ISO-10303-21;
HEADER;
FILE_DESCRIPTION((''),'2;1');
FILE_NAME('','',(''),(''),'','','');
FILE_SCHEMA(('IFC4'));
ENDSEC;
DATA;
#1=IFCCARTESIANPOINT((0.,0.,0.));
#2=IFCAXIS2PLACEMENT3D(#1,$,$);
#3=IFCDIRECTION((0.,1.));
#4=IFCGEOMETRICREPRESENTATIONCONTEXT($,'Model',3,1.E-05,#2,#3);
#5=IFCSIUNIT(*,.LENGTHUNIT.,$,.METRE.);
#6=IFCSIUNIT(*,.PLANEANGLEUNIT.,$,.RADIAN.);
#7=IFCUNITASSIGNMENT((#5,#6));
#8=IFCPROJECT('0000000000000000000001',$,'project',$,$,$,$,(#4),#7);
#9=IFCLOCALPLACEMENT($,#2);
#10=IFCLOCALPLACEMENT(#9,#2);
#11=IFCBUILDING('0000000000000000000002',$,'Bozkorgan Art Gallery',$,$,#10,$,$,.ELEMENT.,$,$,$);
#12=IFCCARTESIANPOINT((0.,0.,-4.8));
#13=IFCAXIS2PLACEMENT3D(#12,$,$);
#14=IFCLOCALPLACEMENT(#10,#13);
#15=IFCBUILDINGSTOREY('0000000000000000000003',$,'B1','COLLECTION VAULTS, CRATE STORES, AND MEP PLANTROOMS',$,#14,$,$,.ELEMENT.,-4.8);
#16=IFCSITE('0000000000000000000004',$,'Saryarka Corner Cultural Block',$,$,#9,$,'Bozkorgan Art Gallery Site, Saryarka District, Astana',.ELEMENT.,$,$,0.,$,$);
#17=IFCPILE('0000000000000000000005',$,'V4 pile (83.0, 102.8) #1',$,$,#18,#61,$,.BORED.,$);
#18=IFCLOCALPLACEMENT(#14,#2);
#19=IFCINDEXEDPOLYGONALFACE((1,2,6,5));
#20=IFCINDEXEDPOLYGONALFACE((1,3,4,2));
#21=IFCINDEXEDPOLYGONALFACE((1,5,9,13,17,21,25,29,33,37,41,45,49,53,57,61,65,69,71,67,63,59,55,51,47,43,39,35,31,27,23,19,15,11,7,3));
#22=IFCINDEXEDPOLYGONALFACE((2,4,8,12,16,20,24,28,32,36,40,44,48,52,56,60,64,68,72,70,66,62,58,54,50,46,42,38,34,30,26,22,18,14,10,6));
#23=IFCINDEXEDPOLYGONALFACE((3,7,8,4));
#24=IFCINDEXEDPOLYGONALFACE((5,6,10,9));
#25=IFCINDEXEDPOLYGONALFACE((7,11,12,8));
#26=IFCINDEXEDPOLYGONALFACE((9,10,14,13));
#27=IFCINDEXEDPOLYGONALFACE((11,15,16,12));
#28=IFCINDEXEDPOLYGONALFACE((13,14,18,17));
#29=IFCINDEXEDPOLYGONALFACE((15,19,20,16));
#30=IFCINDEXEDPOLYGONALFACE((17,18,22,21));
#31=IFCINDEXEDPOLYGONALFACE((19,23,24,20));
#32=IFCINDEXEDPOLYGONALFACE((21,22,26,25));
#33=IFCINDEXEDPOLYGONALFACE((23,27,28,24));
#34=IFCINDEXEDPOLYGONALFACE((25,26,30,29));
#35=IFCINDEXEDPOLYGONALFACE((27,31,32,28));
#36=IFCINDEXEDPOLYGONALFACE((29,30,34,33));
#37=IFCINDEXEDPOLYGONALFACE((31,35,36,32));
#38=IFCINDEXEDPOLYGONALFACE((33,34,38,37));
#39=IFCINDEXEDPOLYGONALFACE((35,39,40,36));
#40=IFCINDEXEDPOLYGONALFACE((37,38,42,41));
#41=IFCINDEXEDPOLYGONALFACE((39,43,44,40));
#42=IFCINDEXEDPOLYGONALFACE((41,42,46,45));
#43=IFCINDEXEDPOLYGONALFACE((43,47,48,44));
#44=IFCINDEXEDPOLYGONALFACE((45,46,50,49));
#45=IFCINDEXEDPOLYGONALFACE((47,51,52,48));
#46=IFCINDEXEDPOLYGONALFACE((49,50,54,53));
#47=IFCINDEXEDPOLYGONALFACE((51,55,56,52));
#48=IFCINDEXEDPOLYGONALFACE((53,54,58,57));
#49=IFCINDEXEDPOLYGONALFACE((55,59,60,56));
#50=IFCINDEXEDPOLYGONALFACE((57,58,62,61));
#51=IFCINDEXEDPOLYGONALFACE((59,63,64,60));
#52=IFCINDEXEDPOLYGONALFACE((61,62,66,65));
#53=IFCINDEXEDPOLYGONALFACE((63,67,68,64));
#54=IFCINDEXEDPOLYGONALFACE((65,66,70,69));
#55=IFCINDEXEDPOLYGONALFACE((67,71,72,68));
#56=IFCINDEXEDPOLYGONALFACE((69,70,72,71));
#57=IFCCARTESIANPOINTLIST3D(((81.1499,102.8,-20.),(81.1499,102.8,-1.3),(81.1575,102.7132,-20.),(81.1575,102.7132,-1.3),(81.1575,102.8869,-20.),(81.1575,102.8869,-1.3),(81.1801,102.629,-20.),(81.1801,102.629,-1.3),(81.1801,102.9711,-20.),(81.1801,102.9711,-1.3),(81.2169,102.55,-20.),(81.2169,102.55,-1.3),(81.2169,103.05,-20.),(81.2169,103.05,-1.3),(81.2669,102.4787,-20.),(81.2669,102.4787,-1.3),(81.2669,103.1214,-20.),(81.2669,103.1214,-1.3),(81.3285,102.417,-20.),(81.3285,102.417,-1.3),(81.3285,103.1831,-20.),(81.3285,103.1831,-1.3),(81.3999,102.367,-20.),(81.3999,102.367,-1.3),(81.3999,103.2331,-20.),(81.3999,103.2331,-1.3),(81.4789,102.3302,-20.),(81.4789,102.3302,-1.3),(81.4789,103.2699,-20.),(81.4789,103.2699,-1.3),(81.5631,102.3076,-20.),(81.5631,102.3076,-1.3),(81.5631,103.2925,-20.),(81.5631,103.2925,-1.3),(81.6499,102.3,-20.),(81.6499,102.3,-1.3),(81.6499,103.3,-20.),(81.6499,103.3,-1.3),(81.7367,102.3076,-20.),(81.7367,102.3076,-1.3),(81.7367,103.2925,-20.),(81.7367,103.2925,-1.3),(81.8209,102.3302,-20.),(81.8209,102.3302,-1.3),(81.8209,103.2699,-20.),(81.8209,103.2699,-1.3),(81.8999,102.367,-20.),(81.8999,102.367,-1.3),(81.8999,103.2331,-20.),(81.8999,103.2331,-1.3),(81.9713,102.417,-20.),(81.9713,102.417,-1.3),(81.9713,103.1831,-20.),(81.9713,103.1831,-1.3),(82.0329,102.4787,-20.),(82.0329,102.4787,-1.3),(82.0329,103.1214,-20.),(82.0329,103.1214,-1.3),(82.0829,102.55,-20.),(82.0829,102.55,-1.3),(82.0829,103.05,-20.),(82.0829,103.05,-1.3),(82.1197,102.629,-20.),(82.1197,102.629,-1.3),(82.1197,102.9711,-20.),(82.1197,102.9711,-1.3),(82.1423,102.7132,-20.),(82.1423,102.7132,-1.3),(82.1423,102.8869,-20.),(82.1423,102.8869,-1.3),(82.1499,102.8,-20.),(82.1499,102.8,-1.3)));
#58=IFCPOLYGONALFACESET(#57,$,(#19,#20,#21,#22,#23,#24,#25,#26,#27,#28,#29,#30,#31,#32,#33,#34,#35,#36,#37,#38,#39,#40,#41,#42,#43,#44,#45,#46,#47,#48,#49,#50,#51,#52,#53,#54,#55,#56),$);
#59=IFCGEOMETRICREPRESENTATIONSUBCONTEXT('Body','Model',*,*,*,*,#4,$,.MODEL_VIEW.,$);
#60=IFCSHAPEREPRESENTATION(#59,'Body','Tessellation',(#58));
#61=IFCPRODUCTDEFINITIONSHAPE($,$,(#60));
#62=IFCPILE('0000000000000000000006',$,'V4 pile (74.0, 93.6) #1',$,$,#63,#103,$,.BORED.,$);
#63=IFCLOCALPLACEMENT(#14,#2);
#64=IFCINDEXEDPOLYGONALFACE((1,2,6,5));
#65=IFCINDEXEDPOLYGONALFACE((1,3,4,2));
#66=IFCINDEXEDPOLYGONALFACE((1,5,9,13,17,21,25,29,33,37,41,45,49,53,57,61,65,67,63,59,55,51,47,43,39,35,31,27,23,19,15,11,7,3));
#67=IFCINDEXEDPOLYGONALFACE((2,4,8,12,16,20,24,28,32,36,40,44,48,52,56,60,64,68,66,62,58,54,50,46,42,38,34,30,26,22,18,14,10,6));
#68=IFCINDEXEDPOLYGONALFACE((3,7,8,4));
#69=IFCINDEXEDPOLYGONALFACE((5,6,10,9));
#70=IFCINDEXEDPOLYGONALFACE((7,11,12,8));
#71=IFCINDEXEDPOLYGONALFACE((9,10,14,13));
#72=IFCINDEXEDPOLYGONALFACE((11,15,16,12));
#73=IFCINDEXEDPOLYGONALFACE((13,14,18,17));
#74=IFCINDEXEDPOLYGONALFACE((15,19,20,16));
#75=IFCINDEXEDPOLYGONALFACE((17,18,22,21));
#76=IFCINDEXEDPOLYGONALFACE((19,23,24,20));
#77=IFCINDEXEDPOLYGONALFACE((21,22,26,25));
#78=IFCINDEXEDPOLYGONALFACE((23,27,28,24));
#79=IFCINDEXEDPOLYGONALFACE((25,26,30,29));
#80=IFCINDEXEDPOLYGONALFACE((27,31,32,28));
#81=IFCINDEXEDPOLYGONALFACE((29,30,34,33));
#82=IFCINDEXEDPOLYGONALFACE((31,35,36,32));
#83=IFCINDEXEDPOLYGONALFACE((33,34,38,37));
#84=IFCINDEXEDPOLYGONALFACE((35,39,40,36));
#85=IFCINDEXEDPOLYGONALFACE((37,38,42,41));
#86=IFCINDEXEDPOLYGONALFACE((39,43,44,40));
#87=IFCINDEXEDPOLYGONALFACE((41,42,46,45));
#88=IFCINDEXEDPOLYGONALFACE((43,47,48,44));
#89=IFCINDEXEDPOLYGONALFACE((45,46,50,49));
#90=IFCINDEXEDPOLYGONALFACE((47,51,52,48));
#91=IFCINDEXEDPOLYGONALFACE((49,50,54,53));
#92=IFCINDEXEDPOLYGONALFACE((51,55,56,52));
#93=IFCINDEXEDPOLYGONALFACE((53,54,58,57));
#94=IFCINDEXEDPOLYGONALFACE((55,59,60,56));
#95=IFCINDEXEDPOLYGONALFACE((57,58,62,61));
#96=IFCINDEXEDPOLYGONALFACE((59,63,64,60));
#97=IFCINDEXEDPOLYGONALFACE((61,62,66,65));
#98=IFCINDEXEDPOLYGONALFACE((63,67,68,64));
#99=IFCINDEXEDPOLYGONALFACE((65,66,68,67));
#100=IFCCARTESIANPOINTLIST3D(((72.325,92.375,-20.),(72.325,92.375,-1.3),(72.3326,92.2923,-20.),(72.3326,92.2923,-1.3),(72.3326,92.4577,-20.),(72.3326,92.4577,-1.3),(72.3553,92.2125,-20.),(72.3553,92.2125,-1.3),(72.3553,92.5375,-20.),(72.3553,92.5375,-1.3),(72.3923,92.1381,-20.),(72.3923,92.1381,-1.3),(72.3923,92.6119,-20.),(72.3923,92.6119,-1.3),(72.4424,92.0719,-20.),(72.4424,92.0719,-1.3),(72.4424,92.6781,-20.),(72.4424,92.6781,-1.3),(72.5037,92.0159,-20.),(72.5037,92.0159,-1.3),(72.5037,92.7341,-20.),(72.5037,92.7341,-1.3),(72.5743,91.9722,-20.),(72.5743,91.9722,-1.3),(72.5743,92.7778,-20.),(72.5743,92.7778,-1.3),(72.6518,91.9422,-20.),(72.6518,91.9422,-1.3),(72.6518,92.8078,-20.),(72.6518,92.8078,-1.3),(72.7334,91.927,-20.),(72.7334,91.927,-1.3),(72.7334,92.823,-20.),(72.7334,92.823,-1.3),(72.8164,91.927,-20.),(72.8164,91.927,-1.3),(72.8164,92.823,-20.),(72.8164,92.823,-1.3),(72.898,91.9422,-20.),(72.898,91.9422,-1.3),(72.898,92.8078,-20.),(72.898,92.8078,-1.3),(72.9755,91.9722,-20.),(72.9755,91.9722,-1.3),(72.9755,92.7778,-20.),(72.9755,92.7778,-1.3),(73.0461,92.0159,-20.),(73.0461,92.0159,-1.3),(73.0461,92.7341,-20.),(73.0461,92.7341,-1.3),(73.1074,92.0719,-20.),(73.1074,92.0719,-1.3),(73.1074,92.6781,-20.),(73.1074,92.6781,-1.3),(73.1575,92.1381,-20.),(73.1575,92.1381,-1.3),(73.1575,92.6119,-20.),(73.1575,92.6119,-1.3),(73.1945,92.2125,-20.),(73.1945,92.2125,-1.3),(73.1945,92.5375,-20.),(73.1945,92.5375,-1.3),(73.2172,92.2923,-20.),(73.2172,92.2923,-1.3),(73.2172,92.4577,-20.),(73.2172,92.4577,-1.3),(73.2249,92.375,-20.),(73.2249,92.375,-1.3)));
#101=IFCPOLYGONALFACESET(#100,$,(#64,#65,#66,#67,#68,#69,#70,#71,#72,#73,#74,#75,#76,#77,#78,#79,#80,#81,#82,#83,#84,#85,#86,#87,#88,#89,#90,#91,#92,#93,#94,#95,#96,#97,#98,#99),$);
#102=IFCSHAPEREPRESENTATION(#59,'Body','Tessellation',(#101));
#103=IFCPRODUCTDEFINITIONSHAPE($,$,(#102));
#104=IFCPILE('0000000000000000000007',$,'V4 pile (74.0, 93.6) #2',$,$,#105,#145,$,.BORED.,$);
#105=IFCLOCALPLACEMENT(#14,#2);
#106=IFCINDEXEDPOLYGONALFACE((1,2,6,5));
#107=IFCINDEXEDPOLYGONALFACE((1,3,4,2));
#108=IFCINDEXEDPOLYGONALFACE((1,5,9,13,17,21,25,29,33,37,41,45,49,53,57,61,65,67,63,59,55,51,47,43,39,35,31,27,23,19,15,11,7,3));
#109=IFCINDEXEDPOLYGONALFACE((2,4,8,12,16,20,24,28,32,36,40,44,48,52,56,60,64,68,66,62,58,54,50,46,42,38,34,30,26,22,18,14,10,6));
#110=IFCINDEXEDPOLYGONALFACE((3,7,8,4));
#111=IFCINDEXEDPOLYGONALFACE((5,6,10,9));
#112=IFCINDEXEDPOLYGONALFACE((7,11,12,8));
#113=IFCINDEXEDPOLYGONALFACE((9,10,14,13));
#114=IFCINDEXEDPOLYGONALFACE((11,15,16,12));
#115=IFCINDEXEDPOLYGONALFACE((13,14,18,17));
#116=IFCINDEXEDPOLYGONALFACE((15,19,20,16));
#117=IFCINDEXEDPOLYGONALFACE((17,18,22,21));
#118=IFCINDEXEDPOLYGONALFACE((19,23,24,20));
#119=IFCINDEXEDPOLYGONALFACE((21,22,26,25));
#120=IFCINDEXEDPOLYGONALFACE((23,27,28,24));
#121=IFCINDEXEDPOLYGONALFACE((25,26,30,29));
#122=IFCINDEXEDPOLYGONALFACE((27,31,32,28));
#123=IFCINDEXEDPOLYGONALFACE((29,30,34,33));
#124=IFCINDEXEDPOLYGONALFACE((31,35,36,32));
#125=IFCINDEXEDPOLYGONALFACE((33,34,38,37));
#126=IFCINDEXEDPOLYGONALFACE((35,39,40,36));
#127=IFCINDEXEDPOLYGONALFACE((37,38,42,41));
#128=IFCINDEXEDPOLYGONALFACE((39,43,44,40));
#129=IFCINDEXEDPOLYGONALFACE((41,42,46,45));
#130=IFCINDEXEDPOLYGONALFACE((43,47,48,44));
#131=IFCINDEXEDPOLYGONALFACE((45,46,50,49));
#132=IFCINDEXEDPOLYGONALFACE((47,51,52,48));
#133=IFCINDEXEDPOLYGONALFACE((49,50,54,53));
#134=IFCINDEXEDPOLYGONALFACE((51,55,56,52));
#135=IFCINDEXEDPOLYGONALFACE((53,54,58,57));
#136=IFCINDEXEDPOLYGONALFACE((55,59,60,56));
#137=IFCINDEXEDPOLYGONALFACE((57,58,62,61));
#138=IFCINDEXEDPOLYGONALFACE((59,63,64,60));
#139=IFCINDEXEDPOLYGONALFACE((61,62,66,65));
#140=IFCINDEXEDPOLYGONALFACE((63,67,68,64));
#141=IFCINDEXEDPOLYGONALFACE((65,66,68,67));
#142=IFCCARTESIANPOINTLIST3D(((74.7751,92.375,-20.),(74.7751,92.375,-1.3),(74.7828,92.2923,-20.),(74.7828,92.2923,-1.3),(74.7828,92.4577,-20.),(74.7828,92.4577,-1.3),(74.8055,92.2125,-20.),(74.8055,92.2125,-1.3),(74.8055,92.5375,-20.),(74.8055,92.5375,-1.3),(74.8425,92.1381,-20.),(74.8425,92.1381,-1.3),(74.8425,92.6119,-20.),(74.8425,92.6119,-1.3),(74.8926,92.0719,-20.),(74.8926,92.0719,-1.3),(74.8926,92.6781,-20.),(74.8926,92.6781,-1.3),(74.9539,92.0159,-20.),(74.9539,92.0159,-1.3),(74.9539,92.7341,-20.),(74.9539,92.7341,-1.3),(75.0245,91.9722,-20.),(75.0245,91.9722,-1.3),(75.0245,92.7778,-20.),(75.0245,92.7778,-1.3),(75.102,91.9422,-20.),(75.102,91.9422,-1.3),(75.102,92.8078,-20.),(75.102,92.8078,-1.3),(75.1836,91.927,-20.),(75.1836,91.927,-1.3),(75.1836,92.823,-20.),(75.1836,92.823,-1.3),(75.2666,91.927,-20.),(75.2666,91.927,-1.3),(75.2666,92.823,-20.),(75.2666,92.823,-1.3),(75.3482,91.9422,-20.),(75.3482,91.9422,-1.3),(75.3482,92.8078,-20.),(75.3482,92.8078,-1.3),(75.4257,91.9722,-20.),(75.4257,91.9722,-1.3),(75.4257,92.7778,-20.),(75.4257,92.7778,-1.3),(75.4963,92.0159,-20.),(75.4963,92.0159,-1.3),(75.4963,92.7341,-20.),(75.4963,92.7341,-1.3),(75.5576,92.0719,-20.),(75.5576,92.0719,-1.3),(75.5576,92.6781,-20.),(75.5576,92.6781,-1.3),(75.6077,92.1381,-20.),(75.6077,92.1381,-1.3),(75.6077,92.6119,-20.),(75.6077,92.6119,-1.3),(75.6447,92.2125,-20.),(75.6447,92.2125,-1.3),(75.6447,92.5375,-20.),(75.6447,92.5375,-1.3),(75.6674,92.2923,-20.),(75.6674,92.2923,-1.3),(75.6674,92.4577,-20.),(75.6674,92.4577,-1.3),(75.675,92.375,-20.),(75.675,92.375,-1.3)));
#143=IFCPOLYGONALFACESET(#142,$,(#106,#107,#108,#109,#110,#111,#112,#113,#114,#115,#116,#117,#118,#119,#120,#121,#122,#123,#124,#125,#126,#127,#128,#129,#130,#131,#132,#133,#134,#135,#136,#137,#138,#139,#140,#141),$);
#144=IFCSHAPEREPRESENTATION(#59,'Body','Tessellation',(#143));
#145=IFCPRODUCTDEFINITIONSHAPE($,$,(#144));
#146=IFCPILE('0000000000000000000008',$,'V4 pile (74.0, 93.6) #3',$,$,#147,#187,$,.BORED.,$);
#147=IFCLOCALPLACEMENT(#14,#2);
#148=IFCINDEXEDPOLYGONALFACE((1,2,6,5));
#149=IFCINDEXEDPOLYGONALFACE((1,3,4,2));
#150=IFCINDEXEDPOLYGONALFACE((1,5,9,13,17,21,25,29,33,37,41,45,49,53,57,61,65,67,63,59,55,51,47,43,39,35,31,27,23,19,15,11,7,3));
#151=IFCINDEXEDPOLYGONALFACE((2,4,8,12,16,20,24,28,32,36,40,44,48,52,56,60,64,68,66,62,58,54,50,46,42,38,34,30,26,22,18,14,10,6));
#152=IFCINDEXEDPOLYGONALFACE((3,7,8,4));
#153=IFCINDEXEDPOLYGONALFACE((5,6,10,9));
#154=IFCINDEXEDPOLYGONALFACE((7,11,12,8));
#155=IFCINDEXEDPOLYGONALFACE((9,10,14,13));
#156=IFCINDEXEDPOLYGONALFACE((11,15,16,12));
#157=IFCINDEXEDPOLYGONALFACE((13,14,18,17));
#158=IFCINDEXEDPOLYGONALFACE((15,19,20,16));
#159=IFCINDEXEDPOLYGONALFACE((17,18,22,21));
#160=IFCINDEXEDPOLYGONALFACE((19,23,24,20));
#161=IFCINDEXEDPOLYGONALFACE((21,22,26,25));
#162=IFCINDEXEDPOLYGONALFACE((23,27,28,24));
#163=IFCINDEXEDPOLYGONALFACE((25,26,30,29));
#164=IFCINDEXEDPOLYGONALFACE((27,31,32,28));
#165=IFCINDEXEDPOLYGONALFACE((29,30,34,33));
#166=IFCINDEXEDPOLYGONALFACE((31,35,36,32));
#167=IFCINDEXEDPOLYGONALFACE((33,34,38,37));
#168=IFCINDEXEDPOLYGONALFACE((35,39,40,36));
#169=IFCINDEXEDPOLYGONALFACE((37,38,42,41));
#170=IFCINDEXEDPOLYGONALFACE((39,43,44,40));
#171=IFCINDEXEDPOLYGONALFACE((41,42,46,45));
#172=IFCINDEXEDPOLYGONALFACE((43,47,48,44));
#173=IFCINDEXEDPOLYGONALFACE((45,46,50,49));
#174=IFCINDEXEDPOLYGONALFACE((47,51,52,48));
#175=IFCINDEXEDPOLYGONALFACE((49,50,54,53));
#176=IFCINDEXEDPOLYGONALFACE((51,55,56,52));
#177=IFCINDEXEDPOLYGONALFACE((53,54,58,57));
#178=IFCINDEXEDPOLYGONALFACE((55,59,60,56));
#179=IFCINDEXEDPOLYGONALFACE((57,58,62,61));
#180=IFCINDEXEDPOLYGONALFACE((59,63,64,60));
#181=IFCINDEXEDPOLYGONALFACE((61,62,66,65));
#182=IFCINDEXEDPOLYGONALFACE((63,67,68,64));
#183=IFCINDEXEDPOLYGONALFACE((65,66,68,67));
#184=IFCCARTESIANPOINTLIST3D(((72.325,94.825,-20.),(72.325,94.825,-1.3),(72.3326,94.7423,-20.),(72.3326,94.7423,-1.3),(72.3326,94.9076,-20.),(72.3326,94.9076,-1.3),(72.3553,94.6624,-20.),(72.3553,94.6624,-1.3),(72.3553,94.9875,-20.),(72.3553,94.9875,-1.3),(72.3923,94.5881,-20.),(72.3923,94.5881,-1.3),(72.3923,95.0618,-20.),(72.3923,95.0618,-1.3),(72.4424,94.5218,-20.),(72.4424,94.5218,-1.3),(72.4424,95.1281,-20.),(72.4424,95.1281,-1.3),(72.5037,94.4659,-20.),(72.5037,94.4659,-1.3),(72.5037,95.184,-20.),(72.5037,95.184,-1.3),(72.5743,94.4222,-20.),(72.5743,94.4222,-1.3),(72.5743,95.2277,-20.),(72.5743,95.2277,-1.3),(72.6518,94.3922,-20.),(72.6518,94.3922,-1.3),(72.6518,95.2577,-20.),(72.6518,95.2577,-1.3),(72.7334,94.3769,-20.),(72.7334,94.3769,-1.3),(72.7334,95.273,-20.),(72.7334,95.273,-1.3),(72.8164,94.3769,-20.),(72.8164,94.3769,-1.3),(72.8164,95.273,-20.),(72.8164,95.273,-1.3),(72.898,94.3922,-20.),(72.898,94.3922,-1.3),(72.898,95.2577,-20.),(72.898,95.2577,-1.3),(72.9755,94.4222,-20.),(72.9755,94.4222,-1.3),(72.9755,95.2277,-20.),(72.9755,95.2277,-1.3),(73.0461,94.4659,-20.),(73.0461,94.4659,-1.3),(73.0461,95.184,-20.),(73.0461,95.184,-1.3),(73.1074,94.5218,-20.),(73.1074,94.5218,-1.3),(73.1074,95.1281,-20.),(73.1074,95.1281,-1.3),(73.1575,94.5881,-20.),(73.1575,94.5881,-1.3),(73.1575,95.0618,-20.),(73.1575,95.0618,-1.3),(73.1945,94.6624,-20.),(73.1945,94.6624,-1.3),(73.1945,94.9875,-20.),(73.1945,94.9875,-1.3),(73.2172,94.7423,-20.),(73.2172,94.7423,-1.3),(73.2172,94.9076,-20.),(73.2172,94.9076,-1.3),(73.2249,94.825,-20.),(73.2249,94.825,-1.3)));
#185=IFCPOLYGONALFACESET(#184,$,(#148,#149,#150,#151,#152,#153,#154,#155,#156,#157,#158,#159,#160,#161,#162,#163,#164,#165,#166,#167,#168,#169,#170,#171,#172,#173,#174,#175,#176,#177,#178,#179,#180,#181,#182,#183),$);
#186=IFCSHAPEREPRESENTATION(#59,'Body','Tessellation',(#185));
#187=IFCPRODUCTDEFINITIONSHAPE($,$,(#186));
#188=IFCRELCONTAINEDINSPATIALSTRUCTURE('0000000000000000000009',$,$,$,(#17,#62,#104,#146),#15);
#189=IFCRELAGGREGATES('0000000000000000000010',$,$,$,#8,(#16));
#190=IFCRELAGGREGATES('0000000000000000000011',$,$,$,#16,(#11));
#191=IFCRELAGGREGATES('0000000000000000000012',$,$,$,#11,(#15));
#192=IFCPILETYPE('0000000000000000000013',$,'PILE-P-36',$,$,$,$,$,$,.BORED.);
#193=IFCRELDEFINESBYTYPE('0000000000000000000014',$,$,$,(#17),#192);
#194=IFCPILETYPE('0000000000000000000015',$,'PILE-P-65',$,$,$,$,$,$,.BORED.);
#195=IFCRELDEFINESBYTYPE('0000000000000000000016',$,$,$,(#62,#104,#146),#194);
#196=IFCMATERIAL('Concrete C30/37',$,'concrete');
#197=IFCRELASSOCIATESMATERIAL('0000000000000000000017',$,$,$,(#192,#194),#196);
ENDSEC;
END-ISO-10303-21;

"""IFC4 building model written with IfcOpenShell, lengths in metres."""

from ifc_helpers import new_model, si_unit, direction, frame, origin, origin_2d, place, context, subcontext, project, spatial, circle, extrude, material, material_profile, profile_set, type_object, element, save


model = new_model("IFC4")

# Units and contexts
model_context = context("Model", 3, precision=1e-05, world=origin(), true_north=direction((0.0, 1.0)))
body_context = subcontext(model_context, "Body", "Model", "MODEL_VIEW")
ifc_project = project(units=[si_unit("LENGTHUNIT", "METRE"), si_unit("PLANEANGLEUNIT", "RADIAN")], contexts=[model_context])

# Site, building, storey
site_placement = place(None, origin())
site = spatial("IfcSite", under=ifc_project, at=site_placement, Name="Saryarka Corner Cultural Block", LongName="Bozkorgan Art Gallery Site, Saryarka District, Astana", CompositionType="ELEMENT", RefElevation=0.0)
building_placement = place(site_placement, origin())
building = spatial("IfcBuilding", under=site, at=building_placement, Name="Bozkorgan Art Gallery", CompositionType="ELEMENT")
storey_placement = place(building_placement, frame((0.0, 0.0, -4.8)))
storey = spatial("IfcBuildingStorey", under=building, at=storey_placement, Name="B1", Description="COLLECTION VAULTS, CRATE STORES, AND MEP PLANTROOMS", CompositionType="ELEMENT", Elevation=-4.8)

# Shared definitions
ifc_material_1 = material(Name="Concrete C30/37", Category="concrete")

# Piles
ifc_material_profile_1 = material_profile(ifc_material_1, circle(Radius=0.5, at=origin_2d()), Name="PILE D1000")
ifc_profile_set_1 = profile_set([ifc_material_profile_1], Name="Concrete C30/37")
pile_type_1 = type_object("IfcPileType", Name="PILE-P-36", PredefinedType="BORED", material=ifc_profile_set_1)
for number, where, z_axis, x_axis, name in (
    (1, (81.6499, 102.8, -1.3), (0.0, 0.0, -1.0), (1.0, 0.0, 0.0), "V4 pile (83.0, 102.8) #1"),
):
    element("IfcPile", number, at=place(storey_placement, frame(where, z_axis=z_axis, x_axis=x_axis)), inside=storey, type_object=pile_type_1, Name=name, PredefinedType="BORED", context=body_context, shape_type="SweptSolid", body=[
        extrude(circle(Radius=0.5, at=origin_2d()), origin(), (0.0, 0.0, 1.0), 18.7),
    ])
ifc_material_profile_2 = material_profile(ifc_material_1, circle(Radius=0.45, at=origin_2d()), Name="PILE D900")
ifc_profile_set_2 = profile_set([ifc_material_profile_2], Name="Concrete C30/37")
pile_type_2 = type_object("IfcPileType", Name="PILE-P-65", PredefinedType="BORED", material=ifc_profile_set_2)
for number, where, z_axis, x_axis, name in (
    (2, (72.7749, 92.375, -1.3), (0.0, 0.0, -1.0), (1.0, 0.0, 0.0), "V4 pile (74.0, 93.6) #1"),
    (3, (75.2251, 92.375, -1.3), (0.0, 0.0, -1.0), (1.0, 0.0, 0.0), "V4 pile (74.0, 93.6) #2"),
    (4, (72.7749, 94.825, -1.3), (0.0, 0.0, -1.0), (1.0, 0.0, 0.0), "V4 pile (74.0, 93.6) #3"),
):
    element("IfcPile", number, at=place(storey_placement, frame(where, z_axis=z_axis, x_axis=x_axis)), inside=storey, type_object=pile_type_2, Name=name, PredefinedType="BORED", context=body_context, shape_type="SweptSolid", body=[
        extrude(circle(Radius=0.45, at=origin_2d()), origin(), (0.0, 0.0, 1.0), 18.7),
    ])

save(model, "model.ifc")
